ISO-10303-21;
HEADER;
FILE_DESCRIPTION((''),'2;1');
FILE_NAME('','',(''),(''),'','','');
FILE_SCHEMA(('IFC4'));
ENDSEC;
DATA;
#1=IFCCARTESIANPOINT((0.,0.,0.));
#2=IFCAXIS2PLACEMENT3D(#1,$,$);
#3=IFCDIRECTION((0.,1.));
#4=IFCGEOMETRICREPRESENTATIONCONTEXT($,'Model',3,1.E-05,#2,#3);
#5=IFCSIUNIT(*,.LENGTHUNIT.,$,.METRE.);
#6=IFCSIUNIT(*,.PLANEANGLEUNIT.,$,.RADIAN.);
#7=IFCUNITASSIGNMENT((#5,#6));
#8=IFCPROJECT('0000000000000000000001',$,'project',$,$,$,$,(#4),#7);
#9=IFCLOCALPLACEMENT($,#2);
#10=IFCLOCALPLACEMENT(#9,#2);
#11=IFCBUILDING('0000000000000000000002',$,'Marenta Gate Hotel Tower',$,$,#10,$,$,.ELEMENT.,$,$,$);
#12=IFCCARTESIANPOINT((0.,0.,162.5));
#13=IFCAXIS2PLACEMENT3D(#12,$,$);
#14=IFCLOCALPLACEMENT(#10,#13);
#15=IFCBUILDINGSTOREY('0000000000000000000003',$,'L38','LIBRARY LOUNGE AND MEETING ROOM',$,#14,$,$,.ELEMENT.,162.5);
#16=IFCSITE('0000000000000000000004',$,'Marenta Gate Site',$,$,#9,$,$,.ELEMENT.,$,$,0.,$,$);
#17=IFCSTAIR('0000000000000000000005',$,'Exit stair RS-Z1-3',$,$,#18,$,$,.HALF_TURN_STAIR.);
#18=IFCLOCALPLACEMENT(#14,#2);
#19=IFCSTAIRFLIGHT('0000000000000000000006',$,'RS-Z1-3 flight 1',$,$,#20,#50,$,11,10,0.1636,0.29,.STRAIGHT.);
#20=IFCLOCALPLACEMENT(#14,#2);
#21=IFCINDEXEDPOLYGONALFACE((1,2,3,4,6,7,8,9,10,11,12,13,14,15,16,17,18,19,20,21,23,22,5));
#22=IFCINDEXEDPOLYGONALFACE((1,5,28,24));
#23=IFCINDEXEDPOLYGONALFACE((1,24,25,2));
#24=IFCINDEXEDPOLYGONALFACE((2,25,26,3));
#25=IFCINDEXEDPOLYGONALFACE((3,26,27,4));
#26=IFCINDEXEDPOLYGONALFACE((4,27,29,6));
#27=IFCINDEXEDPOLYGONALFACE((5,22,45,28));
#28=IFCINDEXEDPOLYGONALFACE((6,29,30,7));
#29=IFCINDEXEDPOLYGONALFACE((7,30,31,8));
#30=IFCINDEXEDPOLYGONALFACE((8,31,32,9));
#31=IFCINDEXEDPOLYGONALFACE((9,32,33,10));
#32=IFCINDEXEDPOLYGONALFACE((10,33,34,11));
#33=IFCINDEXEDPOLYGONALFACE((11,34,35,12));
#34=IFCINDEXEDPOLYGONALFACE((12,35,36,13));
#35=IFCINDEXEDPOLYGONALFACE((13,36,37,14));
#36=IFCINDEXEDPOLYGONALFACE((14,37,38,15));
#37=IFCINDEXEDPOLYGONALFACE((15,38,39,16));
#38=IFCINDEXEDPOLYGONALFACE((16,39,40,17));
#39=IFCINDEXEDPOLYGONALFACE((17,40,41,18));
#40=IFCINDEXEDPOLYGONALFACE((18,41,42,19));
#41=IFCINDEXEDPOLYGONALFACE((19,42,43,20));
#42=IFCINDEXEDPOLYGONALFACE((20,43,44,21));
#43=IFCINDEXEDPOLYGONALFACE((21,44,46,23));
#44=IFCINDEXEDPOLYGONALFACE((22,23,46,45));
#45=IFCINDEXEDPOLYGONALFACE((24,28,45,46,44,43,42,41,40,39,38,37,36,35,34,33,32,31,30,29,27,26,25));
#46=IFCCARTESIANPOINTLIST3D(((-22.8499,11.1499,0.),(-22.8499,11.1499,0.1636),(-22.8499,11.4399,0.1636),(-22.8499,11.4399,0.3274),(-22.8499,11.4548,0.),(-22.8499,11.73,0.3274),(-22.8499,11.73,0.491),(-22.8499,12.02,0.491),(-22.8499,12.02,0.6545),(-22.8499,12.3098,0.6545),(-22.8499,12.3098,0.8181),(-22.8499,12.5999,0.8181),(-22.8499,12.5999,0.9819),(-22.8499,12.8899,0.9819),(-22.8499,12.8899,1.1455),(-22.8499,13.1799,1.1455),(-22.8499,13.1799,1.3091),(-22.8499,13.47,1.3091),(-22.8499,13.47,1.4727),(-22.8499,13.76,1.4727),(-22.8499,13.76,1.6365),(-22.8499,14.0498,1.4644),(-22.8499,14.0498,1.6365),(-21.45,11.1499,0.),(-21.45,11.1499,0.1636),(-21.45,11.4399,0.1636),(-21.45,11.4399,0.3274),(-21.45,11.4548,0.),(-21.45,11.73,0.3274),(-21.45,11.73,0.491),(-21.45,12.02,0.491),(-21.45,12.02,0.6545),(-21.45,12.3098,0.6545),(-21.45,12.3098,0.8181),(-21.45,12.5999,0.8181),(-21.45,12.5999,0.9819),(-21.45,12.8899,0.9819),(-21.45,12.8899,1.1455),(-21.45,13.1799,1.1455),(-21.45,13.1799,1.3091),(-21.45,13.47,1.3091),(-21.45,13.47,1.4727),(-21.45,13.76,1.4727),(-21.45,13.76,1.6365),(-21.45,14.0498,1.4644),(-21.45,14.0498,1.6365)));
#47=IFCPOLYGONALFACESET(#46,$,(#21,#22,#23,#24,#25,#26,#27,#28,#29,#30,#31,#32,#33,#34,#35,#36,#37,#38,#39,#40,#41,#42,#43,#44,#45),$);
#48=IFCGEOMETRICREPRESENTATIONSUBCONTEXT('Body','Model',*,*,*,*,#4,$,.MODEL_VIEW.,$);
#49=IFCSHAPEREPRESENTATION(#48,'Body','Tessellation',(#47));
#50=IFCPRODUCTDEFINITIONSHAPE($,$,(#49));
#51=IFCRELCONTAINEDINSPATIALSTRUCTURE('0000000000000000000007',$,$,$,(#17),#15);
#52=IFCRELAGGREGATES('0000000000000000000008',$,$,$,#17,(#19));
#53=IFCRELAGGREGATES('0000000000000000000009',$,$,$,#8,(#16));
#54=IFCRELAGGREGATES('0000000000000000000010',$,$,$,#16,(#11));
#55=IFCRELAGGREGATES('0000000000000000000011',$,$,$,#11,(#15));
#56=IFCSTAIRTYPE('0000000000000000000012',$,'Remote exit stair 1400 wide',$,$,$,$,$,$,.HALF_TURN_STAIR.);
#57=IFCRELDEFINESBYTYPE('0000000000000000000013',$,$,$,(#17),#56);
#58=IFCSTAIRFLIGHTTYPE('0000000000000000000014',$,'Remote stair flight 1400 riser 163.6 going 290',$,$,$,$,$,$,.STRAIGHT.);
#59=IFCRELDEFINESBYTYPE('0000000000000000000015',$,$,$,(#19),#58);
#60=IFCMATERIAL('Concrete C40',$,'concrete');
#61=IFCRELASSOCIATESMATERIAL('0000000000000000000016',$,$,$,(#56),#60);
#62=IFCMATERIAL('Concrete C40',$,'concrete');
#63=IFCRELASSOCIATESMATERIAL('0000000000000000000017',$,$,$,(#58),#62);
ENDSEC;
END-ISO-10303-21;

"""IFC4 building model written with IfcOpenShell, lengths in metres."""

from ifc_helpers import new_model, si_unit, direction, frame, origin, place, context, subcontext, project, spatial, polyline, outline, extrude, material, type_object, element, aggregate, save


model = new_model("IFC4")

# Units and contexts
model_context = context("Model", 3, precision=1e-05, world=origin(), true_north=direction((0.0, 1.0)))
body_context = subcontext(model_context, "Body", "Model", "MODEL_VIEW")
ifc_project = project(units=[si_unit("LENGTHUNIT", "METRE"), si_unit("PLANEANGLEUNIT", "RADIAN")], contexts=[model_context])

# Site, building, storey
site_placement = place(None, origin())
site = spatial("IfcSite", under=ifc_project, at=site_placement, Name="Marenta Gate Site", CompositionType="ELEMENT", RefElevation=0.0)
building_placement = place(site_placement, origin())
building = spatial("IfcBuilding", under=site, at=building_placement, Name="Marenta Gate Hotel Tower", CompositionType="ELEMENT")
storey_placement = place(building_placement, frame((0.0, 0.0, 162.5)))
storey = spatial("IfcBuildingStorey", under=building, at=storey_placement, Name="L38", Description="LIBRARY LOUNGE AND MEETING ROOM", CompositionType="ELEMENT", Elevation=162.5)

# Stair, stair flight
ifc_material_1 = material(Name="Concrete C40", Category="concrete")
stair_type = type_object("IfcStairType", Name="Remote exit stair 1400 wide", PredefinedType="HALF_TURN_STAIR", material=ifc_material_1)
stair_placement = place(storey_placement, origin())
stair = element("IfcStair", 1, at=stair_placement, inside=storey, type_object=stair_type, Name="Exit stair RS-Z1-3", PredefinedType="HALF_TURN_STAIR")
ifc_material_2 = material(Name="Concrete C40", Category="concrete")
stair_flight_type = type_object("IfcStairFlightType", Name="Remote stair flight 1400 riser 163.6 going 290", PredefinedType="STRAIGHT", material=ifc_material_2)
stair_flight_placement = place(storey_placement, frame((-22.1499, 11.1499, 0.0), z_axis=(0.0, 0.0, 1.0), x_axis=(0.0, 1.0, 0.0)))
stair_flight = element("IfcStairFlight", 2, at=stair_flight_placement, type_object=stair_flight_type, Name="RS-Z1-3 flight 1", NumberOfRisers=11, NumberOfTreads=10, PredefinedType="STRAIGHT", RiserHeight=0.1636, TreadLength=0.29, context=body_context, shape_type="SweptSolid", body=[
    extrude(outline(polyline([(0.0, 0.0), (0.0, 0.1636), (0.29, 0.1636), (0.29, 0.3274), (0.5801, 0.3274), (0.5801, 0.491), (0.8701, 0.491), (0.8701, 0.6545), (1.1599, 0.6545), (1.1599, 0.8181), (1.45, 0.8181), (1.45, 0.9819), (1.74, 0.9819), (1.74, 1.1455), (2.03, 1.1455), (2.03, 1.3091), (2.3201, 1.3091), (2.3201, 1.4727), (2.6101, 1.4727), (2.6101, 1.6365), (2.8999, 1.6365), (2.8999, 1.8), (2.8999, 1.4644), (0.3049, 0.0), (0.0, 0.0)])), frame((0.0, 0.7, 0.0), z_axis=(0.0, -1.0, 0.0), x_axis=(1.0, 0.0, 0.0)), (0.0, 0.0, 1.0), 1.3999),
])
aggregate(stair, [stair_flight])

save(model, "model.ifc")
